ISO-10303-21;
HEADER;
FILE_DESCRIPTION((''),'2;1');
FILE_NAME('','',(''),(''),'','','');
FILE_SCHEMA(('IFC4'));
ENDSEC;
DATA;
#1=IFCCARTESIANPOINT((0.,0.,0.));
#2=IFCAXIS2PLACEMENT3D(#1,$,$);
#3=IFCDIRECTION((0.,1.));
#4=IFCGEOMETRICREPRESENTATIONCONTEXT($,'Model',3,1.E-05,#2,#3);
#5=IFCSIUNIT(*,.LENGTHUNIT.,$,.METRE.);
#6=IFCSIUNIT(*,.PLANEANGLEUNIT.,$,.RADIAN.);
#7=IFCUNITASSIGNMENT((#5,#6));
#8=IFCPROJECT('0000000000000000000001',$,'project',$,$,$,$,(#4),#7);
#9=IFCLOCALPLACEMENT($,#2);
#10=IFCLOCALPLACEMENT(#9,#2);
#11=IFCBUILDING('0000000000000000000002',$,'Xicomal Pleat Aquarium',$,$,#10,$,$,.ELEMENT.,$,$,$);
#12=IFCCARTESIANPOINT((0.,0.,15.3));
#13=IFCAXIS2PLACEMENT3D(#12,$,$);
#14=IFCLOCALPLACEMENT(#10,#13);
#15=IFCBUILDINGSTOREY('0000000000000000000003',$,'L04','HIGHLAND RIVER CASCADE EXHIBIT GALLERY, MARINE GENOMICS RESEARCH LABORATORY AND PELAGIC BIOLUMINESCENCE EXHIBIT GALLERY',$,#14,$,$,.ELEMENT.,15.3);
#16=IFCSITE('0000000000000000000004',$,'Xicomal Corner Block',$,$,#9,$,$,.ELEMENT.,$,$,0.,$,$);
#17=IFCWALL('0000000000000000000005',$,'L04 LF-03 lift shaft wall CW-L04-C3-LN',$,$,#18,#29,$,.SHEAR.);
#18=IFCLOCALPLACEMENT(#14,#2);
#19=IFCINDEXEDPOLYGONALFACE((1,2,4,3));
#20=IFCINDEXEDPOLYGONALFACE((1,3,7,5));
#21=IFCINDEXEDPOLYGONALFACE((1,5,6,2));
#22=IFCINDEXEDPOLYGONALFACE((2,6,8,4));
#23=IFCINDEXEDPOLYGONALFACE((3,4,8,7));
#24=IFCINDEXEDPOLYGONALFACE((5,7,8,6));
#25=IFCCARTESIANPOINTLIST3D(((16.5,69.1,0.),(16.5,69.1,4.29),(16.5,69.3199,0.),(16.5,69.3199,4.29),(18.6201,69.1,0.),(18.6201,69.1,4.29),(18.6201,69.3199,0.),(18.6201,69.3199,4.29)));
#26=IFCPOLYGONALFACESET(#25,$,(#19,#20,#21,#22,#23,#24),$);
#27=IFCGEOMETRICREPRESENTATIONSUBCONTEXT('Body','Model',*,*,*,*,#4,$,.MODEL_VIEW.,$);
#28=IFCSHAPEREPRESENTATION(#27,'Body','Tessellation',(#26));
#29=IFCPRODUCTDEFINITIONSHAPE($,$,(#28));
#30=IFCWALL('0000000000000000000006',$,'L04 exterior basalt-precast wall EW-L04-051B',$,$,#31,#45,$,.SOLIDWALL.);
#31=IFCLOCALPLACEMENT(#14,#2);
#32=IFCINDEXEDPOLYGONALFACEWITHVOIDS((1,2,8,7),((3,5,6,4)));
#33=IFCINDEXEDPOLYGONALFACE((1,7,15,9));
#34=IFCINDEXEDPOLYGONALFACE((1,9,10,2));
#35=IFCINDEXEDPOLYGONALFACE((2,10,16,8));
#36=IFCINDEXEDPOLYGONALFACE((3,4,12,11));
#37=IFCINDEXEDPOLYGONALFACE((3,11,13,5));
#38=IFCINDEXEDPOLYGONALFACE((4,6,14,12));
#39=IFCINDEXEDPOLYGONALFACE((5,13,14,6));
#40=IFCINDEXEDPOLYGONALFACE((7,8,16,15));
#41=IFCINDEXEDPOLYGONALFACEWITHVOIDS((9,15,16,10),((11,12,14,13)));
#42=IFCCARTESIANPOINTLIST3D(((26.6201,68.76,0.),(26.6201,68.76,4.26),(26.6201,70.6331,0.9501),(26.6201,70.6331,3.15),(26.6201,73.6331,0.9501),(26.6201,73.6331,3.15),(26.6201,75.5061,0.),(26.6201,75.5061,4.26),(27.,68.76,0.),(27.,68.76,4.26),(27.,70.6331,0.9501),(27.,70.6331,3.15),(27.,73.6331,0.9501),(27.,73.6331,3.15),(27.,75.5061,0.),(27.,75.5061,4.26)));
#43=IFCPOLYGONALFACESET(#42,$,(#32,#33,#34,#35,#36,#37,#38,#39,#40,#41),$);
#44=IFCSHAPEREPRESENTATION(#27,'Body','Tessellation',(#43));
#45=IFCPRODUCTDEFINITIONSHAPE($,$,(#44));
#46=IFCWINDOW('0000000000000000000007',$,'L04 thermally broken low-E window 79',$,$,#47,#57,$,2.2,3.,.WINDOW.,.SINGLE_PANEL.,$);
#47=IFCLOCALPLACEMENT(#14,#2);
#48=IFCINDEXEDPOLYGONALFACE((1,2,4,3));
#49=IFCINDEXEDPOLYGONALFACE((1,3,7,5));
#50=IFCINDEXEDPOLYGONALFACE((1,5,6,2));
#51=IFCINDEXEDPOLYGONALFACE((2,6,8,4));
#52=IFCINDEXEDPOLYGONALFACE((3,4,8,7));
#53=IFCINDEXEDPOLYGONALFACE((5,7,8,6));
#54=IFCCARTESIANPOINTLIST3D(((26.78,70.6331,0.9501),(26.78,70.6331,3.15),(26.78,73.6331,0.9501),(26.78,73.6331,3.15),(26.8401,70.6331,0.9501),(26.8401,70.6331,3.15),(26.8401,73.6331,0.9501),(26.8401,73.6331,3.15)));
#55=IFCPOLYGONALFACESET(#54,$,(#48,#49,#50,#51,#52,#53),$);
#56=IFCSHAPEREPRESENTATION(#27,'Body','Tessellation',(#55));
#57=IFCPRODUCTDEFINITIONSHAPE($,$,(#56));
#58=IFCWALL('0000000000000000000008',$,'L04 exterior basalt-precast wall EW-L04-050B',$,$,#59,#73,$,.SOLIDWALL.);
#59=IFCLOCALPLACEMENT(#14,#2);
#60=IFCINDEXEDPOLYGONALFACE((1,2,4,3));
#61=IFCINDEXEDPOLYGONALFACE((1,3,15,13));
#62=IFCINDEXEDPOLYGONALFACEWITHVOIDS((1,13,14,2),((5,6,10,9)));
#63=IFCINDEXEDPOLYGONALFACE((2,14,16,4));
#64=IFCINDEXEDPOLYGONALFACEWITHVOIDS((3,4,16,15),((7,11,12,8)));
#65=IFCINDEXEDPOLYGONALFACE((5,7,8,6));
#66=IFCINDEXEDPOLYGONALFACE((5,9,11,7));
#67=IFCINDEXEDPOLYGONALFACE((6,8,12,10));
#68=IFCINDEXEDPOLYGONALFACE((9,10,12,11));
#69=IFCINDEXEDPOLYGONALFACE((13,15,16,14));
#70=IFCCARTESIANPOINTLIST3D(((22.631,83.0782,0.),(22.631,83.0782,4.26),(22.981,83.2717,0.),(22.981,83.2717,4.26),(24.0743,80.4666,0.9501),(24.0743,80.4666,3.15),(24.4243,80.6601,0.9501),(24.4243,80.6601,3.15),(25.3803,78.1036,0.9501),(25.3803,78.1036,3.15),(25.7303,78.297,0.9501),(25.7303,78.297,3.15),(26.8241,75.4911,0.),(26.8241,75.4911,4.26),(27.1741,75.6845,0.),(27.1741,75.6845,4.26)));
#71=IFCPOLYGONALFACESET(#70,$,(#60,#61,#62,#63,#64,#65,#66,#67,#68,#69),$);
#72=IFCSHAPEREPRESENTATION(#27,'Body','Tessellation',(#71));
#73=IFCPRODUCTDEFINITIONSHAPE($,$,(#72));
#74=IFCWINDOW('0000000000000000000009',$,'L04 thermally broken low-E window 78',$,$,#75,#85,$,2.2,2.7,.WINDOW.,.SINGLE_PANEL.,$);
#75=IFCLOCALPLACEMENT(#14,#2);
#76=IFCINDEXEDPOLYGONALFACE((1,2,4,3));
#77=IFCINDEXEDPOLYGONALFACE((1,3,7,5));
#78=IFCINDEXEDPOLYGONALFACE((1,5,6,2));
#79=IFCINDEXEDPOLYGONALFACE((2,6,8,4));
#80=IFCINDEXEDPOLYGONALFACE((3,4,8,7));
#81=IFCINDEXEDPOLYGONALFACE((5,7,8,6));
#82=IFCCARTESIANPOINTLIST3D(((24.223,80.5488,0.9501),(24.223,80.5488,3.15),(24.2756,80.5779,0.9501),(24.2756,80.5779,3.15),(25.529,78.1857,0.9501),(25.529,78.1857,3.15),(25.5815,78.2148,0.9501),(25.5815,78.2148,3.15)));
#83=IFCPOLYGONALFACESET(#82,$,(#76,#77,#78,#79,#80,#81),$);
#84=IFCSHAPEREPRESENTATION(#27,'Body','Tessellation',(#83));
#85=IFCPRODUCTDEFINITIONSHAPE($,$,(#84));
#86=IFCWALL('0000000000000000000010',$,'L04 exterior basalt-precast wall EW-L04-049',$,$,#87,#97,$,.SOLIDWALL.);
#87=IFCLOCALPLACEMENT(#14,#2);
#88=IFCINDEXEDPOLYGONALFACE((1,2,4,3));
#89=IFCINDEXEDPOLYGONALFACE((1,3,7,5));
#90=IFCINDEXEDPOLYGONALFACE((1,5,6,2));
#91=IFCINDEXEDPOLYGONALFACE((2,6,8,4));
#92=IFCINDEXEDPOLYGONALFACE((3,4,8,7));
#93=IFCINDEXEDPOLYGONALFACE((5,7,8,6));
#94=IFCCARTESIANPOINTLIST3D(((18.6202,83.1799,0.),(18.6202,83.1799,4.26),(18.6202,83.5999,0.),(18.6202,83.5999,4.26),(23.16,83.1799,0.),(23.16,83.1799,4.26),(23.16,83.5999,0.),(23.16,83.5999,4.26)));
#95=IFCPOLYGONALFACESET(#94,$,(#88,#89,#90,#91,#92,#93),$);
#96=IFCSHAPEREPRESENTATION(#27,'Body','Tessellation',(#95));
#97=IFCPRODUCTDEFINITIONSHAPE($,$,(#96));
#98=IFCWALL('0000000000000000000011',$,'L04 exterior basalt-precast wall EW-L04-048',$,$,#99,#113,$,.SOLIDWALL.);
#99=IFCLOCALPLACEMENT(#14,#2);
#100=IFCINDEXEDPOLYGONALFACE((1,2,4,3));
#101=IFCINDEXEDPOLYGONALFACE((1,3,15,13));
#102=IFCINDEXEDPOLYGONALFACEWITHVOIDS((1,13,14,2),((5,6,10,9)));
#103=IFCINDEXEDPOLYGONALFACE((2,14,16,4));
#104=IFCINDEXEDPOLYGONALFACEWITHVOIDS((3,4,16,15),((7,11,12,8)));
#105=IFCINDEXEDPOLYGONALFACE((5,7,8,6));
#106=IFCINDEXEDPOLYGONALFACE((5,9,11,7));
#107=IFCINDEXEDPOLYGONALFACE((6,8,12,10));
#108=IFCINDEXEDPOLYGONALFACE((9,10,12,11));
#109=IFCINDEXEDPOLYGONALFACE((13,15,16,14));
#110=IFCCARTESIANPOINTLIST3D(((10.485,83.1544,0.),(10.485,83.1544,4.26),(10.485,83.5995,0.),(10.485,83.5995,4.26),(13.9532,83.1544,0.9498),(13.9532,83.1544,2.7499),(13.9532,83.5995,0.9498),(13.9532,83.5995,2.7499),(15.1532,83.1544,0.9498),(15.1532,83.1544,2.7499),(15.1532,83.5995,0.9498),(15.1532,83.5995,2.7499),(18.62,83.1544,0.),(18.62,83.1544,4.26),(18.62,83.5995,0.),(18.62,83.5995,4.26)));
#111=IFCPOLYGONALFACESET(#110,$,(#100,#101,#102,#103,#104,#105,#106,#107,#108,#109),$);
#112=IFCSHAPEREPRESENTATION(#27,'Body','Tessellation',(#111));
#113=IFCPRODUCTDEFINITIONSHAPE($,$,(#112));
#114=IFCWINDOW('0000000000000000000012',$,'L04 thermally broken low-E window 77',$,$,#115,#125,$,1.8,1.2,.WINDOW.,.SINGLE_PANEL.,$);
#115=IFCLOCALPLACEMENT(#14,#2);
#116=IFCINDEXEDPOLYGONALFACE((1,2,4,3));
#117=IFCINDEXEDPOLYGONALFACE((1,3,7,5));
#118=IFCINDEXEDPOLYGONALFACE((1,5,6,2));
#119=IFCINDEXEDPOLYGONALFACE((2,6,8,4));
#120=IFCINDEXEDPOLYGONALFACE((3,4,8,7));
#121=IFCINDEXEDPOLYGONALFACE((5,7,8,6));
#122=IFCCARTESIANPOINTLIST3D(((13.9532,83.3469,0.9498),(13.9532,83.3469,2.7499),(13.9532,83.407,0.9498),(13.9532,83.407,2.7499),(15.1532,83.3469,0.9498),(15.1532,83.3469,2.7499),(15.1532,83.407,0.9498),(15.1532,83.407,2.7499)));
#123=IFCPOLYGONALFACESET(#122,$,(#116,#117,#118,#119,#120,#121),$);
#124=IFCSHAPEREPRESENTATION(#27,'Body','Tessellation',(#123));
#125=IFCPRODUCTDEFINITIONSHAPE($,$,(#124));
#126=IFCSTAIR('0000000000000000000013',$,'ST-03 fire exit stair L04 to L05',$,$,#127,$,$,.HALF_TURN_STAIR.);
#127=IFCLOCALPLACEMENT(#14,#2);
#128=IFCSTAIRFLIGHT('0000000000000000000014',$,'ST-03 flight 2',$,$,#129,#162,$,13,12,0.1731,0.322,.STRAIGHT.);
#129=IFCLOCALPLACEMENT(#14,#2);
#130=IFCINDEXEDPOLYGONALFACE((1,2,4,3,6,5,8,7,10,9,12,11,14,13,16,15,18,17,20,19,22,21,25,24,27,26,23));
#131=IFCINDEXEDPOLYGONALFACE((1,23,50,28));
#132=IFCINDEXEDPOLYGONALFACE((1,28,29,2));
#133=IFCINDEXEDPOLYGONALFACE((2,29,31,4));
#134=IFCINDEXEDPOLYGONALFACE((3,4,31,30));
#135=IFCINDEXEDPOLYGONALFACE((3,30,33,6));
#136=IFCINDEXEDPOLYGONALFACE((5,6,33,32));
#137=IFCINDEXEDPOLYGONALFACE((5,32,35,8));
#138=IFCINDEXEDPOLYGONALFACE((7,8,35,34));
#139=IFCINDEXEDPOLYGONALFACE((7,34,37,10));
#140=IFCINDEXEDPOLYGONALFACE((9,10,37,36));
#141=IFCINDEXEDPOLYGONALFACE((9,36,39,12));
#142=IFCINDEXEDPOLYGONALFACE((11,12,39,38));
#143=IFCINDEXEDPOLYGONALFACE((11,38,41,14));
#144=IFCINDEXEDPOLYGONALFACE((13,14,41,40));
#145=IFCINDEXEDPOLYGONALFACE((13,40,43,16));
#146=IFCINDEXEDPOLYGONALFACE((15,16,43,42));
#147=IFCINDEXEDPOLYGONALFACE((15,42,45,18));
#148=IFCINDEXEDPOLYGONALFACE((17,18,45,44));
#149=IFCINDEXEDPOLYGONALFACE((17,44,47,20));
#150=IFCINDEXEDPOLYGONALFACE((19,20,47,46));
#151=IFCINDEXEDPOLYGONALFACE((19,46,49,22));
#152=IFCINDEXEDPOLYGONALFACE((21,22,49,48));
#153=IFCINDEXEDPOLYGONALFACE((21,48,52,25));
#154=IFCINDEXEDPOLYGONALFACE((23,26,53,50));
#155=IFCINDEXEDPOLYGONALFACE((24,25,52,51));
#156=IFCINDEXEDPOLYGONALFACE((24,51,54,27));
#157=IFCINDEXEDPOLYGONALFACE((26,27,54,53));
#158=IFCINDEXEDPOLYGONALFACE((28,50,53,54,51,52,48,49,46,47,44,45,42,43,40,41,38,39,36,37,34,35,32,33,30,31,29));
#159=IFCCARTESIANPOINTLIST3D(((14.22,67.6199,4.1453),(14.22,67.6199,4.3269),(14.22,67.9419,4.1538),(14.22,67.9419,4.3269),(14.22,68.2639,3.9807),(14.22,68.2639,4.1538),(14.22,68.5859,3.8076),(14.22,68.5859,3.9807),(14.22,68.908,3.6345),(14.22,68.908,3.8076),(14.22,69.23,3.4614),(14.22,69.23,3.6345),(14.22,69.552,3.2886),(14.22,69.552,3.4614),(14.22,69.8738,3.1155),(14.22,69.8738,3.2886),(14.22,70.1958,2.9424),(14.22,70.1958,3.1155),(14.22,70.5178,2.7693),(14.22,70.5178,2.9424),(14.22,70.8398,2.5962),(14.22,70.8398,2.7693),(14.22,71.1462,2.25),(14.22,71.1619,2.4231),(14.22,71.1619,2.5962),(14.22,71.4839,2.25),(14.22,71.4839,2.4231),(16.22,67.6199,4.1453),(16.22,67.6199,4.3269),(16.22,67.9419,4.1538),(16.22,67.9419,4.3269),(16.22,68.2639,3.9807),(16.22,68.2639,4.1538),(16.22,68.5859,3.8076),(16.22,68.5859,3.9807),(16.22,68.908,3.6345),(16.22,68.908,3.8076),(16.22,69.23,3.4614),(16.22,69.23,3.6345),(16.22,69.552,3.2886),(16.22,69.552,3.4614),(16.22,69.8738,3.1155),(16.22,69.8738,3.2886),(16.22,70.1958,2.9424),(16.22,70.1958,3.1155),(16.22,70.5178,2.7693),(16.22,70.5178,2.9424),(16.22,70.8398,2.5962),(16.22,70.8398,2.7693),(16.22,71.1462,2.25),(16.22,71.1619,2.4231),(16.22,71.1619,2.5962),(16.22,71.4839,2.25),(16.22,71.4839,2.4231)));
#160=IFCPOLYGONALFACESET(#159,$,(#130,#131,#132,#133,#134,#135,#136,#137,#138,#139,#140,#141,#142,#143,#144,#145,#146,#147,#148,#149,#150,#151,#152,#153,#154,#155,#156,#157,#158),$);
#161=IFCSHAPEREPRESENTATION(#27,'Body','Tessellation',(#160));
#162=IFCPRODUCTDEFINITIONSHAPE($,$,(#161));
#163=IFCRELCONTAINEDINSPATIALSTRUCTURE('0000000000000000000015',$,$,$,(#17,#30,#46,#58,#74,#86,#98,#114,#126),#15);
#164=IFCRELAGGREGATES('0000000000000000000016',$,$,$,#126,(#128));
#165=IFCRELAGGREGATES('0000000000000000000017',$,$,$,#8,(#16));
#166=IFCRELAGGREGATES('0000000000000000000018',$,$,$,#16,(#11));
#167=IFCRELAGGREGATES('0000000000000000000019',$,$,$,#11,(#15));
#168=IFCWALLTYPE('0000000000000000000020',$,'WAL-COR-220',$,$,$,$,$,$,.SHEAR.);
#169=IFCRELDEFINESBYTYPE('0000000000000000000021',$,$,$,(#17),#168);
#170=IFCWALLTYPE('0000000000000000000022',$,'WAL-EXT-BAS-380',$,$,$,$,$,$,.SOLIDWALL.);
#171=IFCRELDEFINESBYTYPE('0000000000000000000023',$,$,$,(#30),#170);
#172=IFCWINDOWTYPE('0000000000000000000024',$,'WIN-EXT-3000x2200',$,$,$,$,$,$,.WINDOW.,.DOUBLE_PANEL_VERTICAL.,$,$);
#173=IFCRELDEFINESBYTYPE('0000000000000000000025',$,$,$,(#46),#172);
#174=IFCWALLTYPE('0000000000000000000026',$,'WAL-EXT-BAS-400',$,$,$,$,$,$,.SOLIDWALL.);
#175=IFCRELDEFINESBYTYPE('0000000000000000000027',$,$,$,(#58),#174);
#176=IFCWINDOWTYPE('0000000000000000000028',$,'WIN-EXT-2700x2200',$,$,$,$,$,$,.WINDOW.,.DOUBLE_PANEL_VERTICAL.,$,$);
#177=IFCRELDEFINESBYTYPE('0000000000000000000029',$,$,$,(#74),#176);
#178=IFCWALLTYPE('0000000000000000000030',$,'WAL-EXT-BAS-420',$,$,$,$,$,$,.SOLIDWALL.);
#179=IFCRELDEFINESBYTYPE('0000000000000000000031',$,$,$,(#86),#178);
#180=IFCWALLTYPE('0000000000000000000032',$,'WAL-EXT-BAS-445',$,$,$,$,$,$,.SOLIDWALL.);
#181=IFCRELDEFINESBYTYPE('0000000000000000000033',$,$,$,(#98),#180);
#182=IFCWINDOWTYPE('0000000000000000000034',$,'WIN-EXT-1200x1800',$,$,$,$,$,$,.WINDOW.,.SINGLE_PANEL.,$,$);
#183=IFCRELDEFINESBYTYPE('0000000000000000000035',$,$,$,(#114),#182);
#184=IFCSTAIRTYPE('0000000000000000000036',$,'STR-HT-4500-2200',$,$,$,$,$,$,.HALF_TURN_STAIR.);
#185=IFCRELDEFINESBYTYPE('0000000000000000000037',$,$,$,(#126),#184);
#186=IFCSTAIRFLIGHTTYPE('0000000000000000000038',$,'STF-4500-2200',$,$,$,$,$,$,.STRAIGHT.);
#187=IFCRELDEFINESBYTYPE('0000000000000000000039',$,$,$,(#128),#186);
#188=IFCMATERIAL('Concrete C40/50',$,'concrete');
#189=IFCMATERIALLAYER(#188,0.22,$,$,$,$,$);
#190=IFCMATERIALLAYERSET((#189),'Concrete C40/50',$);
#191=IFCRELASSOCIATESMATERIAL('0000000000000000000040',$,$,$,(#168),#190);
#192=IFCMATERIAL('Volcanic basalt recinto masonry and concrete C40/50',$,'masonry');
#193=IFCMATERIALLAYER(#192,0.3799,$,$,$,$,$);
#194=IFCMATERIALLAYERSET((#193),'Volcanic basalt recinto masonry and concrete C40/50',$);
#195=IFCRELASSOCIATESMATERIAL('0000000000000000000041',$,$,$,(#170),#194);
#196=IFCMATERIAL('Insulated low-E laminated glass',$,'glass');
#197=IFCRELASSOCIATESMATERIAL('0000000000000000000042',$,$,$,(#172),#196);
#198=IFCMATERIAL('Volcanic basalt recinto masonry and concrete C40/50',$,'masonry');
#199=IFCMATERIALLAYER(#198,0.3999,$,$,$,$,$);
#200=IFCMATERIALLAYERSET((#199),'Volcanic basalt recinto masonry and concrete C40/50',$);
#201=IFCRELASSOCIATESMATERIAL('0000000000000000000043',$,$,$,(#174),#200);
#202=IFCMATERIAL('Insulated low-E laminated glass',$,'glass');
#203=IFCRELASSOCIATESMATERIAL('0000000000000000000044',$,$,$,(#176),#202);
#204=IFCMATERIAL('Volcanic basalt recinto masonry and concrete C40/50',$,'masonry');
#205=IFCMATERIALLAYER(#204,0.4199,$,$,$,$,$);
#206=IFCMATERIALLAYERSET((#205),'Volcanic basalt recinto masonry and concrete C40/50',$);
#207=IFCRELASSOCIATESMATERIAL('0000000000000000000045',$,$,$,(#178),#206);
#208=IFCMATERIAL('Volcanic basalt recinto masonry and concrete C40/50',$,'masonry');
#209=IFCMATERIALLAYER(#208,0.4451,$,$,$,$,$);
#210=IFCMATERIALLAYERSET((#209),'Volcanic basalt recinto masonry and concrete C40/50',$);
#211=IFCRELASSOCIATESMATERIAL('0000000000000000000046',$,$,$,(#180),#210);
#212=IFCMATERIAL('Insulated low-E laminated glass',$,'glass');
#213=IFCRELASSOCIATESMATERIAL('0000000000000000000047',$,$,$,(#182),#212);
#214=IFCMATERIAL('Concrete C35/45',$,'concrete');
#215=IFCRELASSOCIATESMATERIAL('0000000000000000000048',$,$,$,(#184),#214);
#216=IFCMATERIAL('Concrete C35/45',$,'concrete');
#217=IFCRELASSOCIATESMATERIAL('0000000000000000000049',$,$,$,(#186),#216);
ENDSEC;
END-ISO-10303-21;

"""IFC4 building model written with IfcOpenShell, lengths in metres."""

from ifc_helpers import new_model, si_unit, direction, frame, frame_2d, origin, place, context, subcontext, project, spatial, polyline, rectangle, outline, extrude, material, layer, layer_set, type_object, element, fill, aggregate, save


model = new_model("IFC4")

# Units and contexts
model_context = context("Model", 3, precision=1e-05, world=origin(), true_north=direction((0.0, 1.0)))
body_context = subcontext(model_context, "Body", "Model", "MODEL_VIEW")
ifc_project = project(units=[si_unit("LENGTHUNIT", "METRE"), si_unit("PLANEANGLEUNIT", "RADIAN")], contexts=[model_context])

# Site, building, storey
site_placement = place(None, origin())
site = spatial("IfcSite", under=ifc_project, at=site_placement, Name="Xicomal Corner Block", CompositionType="ELEMENT", RefElevation=0.0)
building_placement = place(site_placement, origin())
building = spatial("IfcBuilding", under=site, at=building_placement, Name="Xicomal Pleat Aquarium", CompositionType="ELEMENT")
storey_placement = place(building_placement, frame((0.0, 0.0, 15.3)))
storey = spatial("IfcBuildingStorey", under=building, at=storey_placement, Name="L04", Description="HIGHLAND RIVER CASCADE EXHIBIT GALLERY, MARINE GENOMICS RESEARCH LABORATORY AND PELAGIC BIOLUMINESCENCE EXHIBIT GALLERY", CompositionType="ELEMENT", Elevation=15.3)

# Wall
ifc_material_1 = material(Name="Concrete C40/50", Category="concrete")
ifc_layer_1 = layer(ifc_material_1, 0.22)
ifc_layer_set_1 = layer_set([ifc_layer_1], Name="Concrete C40/50")
wall_type_1 = type_object("IfcWallType", Name="WAL-COR-220", PredefinedType="SHEAR", material=ifc_layer_set_1)
wall_1_placement = place(storey_placement, frame((16.5, 69.21, 0.0), z_axis=(0.0, 0.0, 1.0), x_axis=(1.0, 0.0, 0.0)))
element("IfcWall", 1, at=wall_1_placement, inside=storey, type_object=wall_type_1, Name="L04 LF-03 lift shaft wall CW-L04-C3-LN", PredefinedType="SHEAR", context=body_context, shape_type="SweptSolid", body=[
    extrude(rectangle(XDim=2.1201, YDim=0.22, at=frame_2d((1.0601, 0.0))), origin(), (0.0, 0.0, 1.0), 4.29),
])

# Walls, openings, windows
ifc_material_2 = material(Name="Volcanic basalt recinto masonry and concrete C40/50", Category="masonry")
ifc_layer_2 = layer(ifc_material_2, 0.3799)
ifc_layer_set_2 = layer_set([ifc_layer_2], Name="Volcanic basalt recinto masonry and concrete C40/50")
wall_type_2 = type_object("IfcWallType", Name="WAL-EXT-BAS-380", PredefinedType="SOLIDWALL", material=ifc_layer_set_2)
wall_2_placement = place(storey_placement, frame((26.8101, 75.5061, 0.0), z_axis=(0.0, 0.0, 1.0), x_axis=(0.0, -1.0, 0.0)))
wall_2 = element("IfcWall", 2, at=wall_2_placement, inside=storey, type_object=wall_type_2, Name="L04 exterior basalt-precast wall EW-L04-051B", PredefinedType="SOLIDWALL", context=body_context, shape_type="SweptSolid", body=[
    extrude(rectangle(XDim=6.7461, YDim=0.3799, at=frame_2d((3.373, 0.0))), origin(), (0.0, 0.0, 1.0), 4.26),
])
opening_1_placement = place(wall_2_placement, frame((1.873, 0.0, 0.95)))
opening_1 = element("IfcOpeningElement", 3, at=opening_1_placement, cuts=wall_2, PredefinedType="OPENING", context=body_context, shape_type="SweptSolid", body=[
    extrude(rectangle(XDim=3.0, YDim=2.2, at=frame_2d((1.5, 1.1001))), frame((0.0, 0.2, 0.0), z_axis=(0.0, -1.0, 0.0), x_axis=(1.0, 0.0, 0.0)), (0.0, 0.0, 1.0), 0.3999),
])
ifc_material_3 = material(Name="Insulated low-E laminated glass", Category="glass")
window_type_1 = type_object("IfcWindowType", Name="WIN-EXT-3000x2200", PartitioningType="DOUBLE_PANEL_VERTICAL", PredefinedType="WINDOW", material=ifc_material_3)
window_1_placement = place(opening_1_placement, origin())
window_1 = element("IfcWindow", 4, at=window_1_placement, inside=storey, type_object=window_type_1, Name="L04 thermally broken low-E window 79", OverallHeight=2.2, OverallWidth=3.0, PartitioningType="SINGLE_PANEL", PredefinedType="WINDOW", context=body_context, shape_type="SweptSolid", body=[
    extrude(rectangle(XDim=3.0, YDim=2.2, at=frame_2d((1.5, 1.1001))), frame((0.0, 0.03, 0.0), z_axis=(0.0, -1.0, 0.0), x_axis=(1.0, 0.0, 0.0)), (0.0, 0.0, 1.0), 0.0601),
])
fill(opening_1, window_1)
ifc_material_4 = material(Name="Volcanic basalt recinto masonry and concrete C40/50", Category="masonry")
ifc_layer_3 = layer(ifc_material_4, 0.3999)
ifc_layer_set_3 = layer_set([ifc_layer_3], Name="Volcanic basalt recinto masonry and concrete C40/50")
wall_type_3 = type_object("IfcWallType", Name="WAL-EXT-BAS-400", PredefinedType="SOLIDWALL", material=ifc_layer_set_3)
wall_3_placement = place(storey_placement, frame((22.8059, 83.175, 0.0), z_axis=(0.0, 0.0, 1.0), x_axis=(0.483705, -0.875231, 0.0)))
wall_3 = element("IfcWall", 5, at=wall_3_placement, inside=storey, type_object=wall_type_3, Name="L04 exterior basalt-precast wall EW-L04-050B", PredefinedType="SOLIDWALL", context=body_context, shape_type="SweptSolid", body=[
    extrude(rectangle(XDim=8.6687, YDim=0.3999, at=frame_2d((4.3345, 0.0))), origin(), (0.0, 0.0, 1.0), 4.26),
])
opening_2_placement = place(wall_3_placement, frame((2.9839, 0.0, 0.95)))
opening_2 = element("IfcOpeningElement", 6, at=opening_2_placement, cuts=wall_3, PredefinedType="OPENING", context=body_context, shape_type="SweptSolid", body=[
    extrude(rectangle(XDim=2.7, YDim=2.2, at=frame_2d((1.3501, 1.1001))), frame((0.0, 0.21, 0.0), z_axis=(0.0, -1.0, 0.0), x_axis=(1.0, 0.0, 0.0)), (0.0, 0.0, 1.0), 0.4199),
])
ifc_material_5 = material(Name="Insulated low-E laminated glass", Category="glass")
window_type_2 = type_object("IfcWindowType", Name="WIN-EXT-2700x2200", PartitioningType="DOUBLE_PANEL_VERTICAL", PredefinedType="WINDOW", material=ifc_material_5)
window_2_placement = place(opening_2_placement, origin())
window_2 = element("IfcWindow", 7, at=window_2_placement, inside=storey, type_object=window_type_2, Name="L04 thermally broken low-E window 78", OverallHeight=2.2, OverallWidth=2.7, PartitioningType="SINGLE_PANEL", PredefinedType="WINDOW", context=body_context, shape_type="SweptSolid", body=[
    extrude(rectangle(XDim=2.7, YDim=2.2, at=frame_2d((1.3501, 1.1001))), frame((0.0, 0.03, 0.0), z_axis=(0.0, -1.0, 0.0), x_axis=(1.0, 0.0, 0.0)), (0.0, 0.0, 1.0), 0.0601),
])
fill(opening_2, window_2)

# Wall
ifc_material_6 = material(Name="Volcanic basalt recinto masonry and concrete C40/50", Category="masonry")
ifc_layer_4 = layer(ifc_material_6, 0.4199)
ifc_layer_set_4 = layer_set([ifc_layer_4], Name="Volcanic basalt recinto masonry and concrete C40/50")
wall_type_4 = type_object("IfcWallType", Name="WAL-EXT-BAS-420", PredefinedType="SOLIDWALL", material=ifc_layer_set_4)
wall_4_placement = place(storey_placement, frame((18.6201, 83.3899, 0.0), z_axis=(0.0, 0.0, 1.0), x_axis=(1.0, 0.0, 0.0)))
element("IfcWall", 8, at=wall_4_placement, inside=storey, type_object=wall_type_4, Name="L04 exterior basalt-precast wall EW-L04-049", PredefinedType="SOLIDWALL", context=body_context, shape_type="SweptSolid", body=[
    extrude(rectangle(XDim=4.5398, YDim=0.4199, at=frame_2d((2.27, 0.0))), origin(), (0.0, 0.0, 1.0), 4.26),
])

# Wall, opening, window
ifc_material_7 = material(Name="Volcanic basalt recinto masonry and concrete C40/50", Category="masonry")
ifc_layer_5 = layer(ifc_material_7, 0.4451)
ifc_layer_set_5 = layer_set([ifc_layer_5], Name="Volcanic basalt recinto masonry and concrete C40/50")
wall_type_5 = type_object("IfcWallType", Name="WAL-EXT-BAS-445", PredefinedType="SOLIDWALL", material=ifc_layer_set_5)
wall_5_placement = place(storey_placement, frame((10.4851, 83.377, 0.0), z_axis=(0.0, 0.0, 1.0), x_axis=(1.0, 0.0, 0.0)))
wall_5 = element("IfcWall", 9, at=wall_5_placement, inside=storey, type_object=wall_type_5, Name="L04 exterior basalt-precast wall EW-L04-048", PredefinedType="SOLIDWALL", context=body_context, shape_type="SweptSolid", body=[
    extrude(rectangle(XDim=8.135, YDim=0.4451, at=frame_2d((4.0674, 0.0))), origin(), (0.0, 0.0, 1.0), 4.26),
])
opening_3_placement = place(wall_5_placement, frame((3.468, 0.0, 0.95)))
opening_3 = element("IfcOpeningElement", 10, at=opening_3_placement, cuts=wall_5, PredefinedType="OPENING", context=body_context, shape_type="SweptSolid", body=[
    extrude(rectangle(XDim=1.2, YDim=1.8, at=frame_2d((0.6001, 0.8999))), frame((0.0, 0.2324, 0.0), z_axis=(0.0, -1.0, 0.0), x_axis=(1.0, 0.0, 0.0)), (0.0, 0.0, 1.0), 0.4651),
])
ifc_material_8 = material(Name="Insulated low-E laminated glass", Category="glass")
window_type_3 = type_object("IfcWindowType", Name="WIN-EXT-1200x1800", PartitioningType="SINGLE_PANEL", PredefinedType="WINDOW", material=ifc_material_8)
window_3_placement = place(opening_3_placement, origin())
window_3 = element("IfcWindow", 11, at=window_3_placement, inside=storey, type_object=window_type_3, Name="L04 thermally broken low-E window 77", OverallHeight=1.8, OverallWidth=1.2, PartitioningType="SINGLE_PANEL", PredefinedType="WINDOW", context=body_context, shape_type="SweptSolid", body=[
    extrude(rectangle(XDim=1.2, YDim=1.8, at=frame_2d((0.6001, 0.8999))), frame((0.0, 0.03, 0.0), z_axis=(0.0, -1.0, 0.0), x_axis=(1.0, 0.0, 0.0)), (0.0, 0.0, 1.0), 0.0601),
])
fill(opening_3, window_3)

# Stair, stair flight
ifc_material_9 = material(Name="Concrete C35/45", Category="concrete")
stair_type = type_object("IfcStairType", Name="STR-HT-4500-2200", PredefinedType="HALF_TURN_STAIR", material=ifc_material_9)
stair_placement = place(storey_placement, origin())
stair = element("IfcStair", 12, at=stair_placement, inside=storey, type_object=stair_type, Name="ST-03 fire exit stair L04 to L05", PredefinedType="HALF_TURN_STAIR")
ifc_material_10 = material(Name="Concrete C35/45", Category="concrete")
stair_flight_type = type_object("IfcStairFlightType", Name="STF-4500-2200", PredefinedType="STRAIGHT", material=ifc_material_10)
stair_flight_placement = place(storey_placement, frame((15.22, 71.4839, 2.25), z_axis=(0.0, 0.0, 1.0), x_axis=(0.0, -1.0, 0.0)))
stair_flight = element("IfcStairFlight", 13, at=stair_flight_placement, type_object=stair_flight_type, Name="ST-03 flight 2", NumberOfRisers=13, NumberOfTreads=12, PredefinedType="STRAIGHT", RiserHeight=0.1731, TreadLength=0.322, context=body_context, shape_type="SweptSolid", body=[
    extrude(outline(polyline([(0.0, 0.0), (0.0, 0.1731), (0.322, 0.1731), (0.322, 0.3462), (0.644, 0.3462), (0.644, 0.5193), (0.9661, 0.5193), (0.9661, 0.6924), (1.2881, 0.6924), (1.2881, 0.8655), (1.6101, 0.8655), (1.6101, 1.0386), (1.9319, 1.0386), (1.9319, 1.2114), (2.2539, 1.2114), (2.2539, 1.3845), (2.5759, 1.3845), (2.5759, 1.5576), (2.8979, 1.5576), (2.8979, 1.7307), (3.22, 1.7307), (3.22, 1.9038), (3.542, 1.9038), (3.542, 2.0769), (3.864, 2.0769), (3.864, 2.25), (3.864, 1.8953), (0.3376, 0.0), (0.0, 0.0)])), frame((0.0, 1.0, 0.0), z_axis=(0.0, -1.0, 0.0), x_axis=(1.0, 0.0, 0.0)), (0.0, 0.0, 1.0), 2.0),
])
aggregate(stair, [stair_flight])

save(model, "model.ifc")
